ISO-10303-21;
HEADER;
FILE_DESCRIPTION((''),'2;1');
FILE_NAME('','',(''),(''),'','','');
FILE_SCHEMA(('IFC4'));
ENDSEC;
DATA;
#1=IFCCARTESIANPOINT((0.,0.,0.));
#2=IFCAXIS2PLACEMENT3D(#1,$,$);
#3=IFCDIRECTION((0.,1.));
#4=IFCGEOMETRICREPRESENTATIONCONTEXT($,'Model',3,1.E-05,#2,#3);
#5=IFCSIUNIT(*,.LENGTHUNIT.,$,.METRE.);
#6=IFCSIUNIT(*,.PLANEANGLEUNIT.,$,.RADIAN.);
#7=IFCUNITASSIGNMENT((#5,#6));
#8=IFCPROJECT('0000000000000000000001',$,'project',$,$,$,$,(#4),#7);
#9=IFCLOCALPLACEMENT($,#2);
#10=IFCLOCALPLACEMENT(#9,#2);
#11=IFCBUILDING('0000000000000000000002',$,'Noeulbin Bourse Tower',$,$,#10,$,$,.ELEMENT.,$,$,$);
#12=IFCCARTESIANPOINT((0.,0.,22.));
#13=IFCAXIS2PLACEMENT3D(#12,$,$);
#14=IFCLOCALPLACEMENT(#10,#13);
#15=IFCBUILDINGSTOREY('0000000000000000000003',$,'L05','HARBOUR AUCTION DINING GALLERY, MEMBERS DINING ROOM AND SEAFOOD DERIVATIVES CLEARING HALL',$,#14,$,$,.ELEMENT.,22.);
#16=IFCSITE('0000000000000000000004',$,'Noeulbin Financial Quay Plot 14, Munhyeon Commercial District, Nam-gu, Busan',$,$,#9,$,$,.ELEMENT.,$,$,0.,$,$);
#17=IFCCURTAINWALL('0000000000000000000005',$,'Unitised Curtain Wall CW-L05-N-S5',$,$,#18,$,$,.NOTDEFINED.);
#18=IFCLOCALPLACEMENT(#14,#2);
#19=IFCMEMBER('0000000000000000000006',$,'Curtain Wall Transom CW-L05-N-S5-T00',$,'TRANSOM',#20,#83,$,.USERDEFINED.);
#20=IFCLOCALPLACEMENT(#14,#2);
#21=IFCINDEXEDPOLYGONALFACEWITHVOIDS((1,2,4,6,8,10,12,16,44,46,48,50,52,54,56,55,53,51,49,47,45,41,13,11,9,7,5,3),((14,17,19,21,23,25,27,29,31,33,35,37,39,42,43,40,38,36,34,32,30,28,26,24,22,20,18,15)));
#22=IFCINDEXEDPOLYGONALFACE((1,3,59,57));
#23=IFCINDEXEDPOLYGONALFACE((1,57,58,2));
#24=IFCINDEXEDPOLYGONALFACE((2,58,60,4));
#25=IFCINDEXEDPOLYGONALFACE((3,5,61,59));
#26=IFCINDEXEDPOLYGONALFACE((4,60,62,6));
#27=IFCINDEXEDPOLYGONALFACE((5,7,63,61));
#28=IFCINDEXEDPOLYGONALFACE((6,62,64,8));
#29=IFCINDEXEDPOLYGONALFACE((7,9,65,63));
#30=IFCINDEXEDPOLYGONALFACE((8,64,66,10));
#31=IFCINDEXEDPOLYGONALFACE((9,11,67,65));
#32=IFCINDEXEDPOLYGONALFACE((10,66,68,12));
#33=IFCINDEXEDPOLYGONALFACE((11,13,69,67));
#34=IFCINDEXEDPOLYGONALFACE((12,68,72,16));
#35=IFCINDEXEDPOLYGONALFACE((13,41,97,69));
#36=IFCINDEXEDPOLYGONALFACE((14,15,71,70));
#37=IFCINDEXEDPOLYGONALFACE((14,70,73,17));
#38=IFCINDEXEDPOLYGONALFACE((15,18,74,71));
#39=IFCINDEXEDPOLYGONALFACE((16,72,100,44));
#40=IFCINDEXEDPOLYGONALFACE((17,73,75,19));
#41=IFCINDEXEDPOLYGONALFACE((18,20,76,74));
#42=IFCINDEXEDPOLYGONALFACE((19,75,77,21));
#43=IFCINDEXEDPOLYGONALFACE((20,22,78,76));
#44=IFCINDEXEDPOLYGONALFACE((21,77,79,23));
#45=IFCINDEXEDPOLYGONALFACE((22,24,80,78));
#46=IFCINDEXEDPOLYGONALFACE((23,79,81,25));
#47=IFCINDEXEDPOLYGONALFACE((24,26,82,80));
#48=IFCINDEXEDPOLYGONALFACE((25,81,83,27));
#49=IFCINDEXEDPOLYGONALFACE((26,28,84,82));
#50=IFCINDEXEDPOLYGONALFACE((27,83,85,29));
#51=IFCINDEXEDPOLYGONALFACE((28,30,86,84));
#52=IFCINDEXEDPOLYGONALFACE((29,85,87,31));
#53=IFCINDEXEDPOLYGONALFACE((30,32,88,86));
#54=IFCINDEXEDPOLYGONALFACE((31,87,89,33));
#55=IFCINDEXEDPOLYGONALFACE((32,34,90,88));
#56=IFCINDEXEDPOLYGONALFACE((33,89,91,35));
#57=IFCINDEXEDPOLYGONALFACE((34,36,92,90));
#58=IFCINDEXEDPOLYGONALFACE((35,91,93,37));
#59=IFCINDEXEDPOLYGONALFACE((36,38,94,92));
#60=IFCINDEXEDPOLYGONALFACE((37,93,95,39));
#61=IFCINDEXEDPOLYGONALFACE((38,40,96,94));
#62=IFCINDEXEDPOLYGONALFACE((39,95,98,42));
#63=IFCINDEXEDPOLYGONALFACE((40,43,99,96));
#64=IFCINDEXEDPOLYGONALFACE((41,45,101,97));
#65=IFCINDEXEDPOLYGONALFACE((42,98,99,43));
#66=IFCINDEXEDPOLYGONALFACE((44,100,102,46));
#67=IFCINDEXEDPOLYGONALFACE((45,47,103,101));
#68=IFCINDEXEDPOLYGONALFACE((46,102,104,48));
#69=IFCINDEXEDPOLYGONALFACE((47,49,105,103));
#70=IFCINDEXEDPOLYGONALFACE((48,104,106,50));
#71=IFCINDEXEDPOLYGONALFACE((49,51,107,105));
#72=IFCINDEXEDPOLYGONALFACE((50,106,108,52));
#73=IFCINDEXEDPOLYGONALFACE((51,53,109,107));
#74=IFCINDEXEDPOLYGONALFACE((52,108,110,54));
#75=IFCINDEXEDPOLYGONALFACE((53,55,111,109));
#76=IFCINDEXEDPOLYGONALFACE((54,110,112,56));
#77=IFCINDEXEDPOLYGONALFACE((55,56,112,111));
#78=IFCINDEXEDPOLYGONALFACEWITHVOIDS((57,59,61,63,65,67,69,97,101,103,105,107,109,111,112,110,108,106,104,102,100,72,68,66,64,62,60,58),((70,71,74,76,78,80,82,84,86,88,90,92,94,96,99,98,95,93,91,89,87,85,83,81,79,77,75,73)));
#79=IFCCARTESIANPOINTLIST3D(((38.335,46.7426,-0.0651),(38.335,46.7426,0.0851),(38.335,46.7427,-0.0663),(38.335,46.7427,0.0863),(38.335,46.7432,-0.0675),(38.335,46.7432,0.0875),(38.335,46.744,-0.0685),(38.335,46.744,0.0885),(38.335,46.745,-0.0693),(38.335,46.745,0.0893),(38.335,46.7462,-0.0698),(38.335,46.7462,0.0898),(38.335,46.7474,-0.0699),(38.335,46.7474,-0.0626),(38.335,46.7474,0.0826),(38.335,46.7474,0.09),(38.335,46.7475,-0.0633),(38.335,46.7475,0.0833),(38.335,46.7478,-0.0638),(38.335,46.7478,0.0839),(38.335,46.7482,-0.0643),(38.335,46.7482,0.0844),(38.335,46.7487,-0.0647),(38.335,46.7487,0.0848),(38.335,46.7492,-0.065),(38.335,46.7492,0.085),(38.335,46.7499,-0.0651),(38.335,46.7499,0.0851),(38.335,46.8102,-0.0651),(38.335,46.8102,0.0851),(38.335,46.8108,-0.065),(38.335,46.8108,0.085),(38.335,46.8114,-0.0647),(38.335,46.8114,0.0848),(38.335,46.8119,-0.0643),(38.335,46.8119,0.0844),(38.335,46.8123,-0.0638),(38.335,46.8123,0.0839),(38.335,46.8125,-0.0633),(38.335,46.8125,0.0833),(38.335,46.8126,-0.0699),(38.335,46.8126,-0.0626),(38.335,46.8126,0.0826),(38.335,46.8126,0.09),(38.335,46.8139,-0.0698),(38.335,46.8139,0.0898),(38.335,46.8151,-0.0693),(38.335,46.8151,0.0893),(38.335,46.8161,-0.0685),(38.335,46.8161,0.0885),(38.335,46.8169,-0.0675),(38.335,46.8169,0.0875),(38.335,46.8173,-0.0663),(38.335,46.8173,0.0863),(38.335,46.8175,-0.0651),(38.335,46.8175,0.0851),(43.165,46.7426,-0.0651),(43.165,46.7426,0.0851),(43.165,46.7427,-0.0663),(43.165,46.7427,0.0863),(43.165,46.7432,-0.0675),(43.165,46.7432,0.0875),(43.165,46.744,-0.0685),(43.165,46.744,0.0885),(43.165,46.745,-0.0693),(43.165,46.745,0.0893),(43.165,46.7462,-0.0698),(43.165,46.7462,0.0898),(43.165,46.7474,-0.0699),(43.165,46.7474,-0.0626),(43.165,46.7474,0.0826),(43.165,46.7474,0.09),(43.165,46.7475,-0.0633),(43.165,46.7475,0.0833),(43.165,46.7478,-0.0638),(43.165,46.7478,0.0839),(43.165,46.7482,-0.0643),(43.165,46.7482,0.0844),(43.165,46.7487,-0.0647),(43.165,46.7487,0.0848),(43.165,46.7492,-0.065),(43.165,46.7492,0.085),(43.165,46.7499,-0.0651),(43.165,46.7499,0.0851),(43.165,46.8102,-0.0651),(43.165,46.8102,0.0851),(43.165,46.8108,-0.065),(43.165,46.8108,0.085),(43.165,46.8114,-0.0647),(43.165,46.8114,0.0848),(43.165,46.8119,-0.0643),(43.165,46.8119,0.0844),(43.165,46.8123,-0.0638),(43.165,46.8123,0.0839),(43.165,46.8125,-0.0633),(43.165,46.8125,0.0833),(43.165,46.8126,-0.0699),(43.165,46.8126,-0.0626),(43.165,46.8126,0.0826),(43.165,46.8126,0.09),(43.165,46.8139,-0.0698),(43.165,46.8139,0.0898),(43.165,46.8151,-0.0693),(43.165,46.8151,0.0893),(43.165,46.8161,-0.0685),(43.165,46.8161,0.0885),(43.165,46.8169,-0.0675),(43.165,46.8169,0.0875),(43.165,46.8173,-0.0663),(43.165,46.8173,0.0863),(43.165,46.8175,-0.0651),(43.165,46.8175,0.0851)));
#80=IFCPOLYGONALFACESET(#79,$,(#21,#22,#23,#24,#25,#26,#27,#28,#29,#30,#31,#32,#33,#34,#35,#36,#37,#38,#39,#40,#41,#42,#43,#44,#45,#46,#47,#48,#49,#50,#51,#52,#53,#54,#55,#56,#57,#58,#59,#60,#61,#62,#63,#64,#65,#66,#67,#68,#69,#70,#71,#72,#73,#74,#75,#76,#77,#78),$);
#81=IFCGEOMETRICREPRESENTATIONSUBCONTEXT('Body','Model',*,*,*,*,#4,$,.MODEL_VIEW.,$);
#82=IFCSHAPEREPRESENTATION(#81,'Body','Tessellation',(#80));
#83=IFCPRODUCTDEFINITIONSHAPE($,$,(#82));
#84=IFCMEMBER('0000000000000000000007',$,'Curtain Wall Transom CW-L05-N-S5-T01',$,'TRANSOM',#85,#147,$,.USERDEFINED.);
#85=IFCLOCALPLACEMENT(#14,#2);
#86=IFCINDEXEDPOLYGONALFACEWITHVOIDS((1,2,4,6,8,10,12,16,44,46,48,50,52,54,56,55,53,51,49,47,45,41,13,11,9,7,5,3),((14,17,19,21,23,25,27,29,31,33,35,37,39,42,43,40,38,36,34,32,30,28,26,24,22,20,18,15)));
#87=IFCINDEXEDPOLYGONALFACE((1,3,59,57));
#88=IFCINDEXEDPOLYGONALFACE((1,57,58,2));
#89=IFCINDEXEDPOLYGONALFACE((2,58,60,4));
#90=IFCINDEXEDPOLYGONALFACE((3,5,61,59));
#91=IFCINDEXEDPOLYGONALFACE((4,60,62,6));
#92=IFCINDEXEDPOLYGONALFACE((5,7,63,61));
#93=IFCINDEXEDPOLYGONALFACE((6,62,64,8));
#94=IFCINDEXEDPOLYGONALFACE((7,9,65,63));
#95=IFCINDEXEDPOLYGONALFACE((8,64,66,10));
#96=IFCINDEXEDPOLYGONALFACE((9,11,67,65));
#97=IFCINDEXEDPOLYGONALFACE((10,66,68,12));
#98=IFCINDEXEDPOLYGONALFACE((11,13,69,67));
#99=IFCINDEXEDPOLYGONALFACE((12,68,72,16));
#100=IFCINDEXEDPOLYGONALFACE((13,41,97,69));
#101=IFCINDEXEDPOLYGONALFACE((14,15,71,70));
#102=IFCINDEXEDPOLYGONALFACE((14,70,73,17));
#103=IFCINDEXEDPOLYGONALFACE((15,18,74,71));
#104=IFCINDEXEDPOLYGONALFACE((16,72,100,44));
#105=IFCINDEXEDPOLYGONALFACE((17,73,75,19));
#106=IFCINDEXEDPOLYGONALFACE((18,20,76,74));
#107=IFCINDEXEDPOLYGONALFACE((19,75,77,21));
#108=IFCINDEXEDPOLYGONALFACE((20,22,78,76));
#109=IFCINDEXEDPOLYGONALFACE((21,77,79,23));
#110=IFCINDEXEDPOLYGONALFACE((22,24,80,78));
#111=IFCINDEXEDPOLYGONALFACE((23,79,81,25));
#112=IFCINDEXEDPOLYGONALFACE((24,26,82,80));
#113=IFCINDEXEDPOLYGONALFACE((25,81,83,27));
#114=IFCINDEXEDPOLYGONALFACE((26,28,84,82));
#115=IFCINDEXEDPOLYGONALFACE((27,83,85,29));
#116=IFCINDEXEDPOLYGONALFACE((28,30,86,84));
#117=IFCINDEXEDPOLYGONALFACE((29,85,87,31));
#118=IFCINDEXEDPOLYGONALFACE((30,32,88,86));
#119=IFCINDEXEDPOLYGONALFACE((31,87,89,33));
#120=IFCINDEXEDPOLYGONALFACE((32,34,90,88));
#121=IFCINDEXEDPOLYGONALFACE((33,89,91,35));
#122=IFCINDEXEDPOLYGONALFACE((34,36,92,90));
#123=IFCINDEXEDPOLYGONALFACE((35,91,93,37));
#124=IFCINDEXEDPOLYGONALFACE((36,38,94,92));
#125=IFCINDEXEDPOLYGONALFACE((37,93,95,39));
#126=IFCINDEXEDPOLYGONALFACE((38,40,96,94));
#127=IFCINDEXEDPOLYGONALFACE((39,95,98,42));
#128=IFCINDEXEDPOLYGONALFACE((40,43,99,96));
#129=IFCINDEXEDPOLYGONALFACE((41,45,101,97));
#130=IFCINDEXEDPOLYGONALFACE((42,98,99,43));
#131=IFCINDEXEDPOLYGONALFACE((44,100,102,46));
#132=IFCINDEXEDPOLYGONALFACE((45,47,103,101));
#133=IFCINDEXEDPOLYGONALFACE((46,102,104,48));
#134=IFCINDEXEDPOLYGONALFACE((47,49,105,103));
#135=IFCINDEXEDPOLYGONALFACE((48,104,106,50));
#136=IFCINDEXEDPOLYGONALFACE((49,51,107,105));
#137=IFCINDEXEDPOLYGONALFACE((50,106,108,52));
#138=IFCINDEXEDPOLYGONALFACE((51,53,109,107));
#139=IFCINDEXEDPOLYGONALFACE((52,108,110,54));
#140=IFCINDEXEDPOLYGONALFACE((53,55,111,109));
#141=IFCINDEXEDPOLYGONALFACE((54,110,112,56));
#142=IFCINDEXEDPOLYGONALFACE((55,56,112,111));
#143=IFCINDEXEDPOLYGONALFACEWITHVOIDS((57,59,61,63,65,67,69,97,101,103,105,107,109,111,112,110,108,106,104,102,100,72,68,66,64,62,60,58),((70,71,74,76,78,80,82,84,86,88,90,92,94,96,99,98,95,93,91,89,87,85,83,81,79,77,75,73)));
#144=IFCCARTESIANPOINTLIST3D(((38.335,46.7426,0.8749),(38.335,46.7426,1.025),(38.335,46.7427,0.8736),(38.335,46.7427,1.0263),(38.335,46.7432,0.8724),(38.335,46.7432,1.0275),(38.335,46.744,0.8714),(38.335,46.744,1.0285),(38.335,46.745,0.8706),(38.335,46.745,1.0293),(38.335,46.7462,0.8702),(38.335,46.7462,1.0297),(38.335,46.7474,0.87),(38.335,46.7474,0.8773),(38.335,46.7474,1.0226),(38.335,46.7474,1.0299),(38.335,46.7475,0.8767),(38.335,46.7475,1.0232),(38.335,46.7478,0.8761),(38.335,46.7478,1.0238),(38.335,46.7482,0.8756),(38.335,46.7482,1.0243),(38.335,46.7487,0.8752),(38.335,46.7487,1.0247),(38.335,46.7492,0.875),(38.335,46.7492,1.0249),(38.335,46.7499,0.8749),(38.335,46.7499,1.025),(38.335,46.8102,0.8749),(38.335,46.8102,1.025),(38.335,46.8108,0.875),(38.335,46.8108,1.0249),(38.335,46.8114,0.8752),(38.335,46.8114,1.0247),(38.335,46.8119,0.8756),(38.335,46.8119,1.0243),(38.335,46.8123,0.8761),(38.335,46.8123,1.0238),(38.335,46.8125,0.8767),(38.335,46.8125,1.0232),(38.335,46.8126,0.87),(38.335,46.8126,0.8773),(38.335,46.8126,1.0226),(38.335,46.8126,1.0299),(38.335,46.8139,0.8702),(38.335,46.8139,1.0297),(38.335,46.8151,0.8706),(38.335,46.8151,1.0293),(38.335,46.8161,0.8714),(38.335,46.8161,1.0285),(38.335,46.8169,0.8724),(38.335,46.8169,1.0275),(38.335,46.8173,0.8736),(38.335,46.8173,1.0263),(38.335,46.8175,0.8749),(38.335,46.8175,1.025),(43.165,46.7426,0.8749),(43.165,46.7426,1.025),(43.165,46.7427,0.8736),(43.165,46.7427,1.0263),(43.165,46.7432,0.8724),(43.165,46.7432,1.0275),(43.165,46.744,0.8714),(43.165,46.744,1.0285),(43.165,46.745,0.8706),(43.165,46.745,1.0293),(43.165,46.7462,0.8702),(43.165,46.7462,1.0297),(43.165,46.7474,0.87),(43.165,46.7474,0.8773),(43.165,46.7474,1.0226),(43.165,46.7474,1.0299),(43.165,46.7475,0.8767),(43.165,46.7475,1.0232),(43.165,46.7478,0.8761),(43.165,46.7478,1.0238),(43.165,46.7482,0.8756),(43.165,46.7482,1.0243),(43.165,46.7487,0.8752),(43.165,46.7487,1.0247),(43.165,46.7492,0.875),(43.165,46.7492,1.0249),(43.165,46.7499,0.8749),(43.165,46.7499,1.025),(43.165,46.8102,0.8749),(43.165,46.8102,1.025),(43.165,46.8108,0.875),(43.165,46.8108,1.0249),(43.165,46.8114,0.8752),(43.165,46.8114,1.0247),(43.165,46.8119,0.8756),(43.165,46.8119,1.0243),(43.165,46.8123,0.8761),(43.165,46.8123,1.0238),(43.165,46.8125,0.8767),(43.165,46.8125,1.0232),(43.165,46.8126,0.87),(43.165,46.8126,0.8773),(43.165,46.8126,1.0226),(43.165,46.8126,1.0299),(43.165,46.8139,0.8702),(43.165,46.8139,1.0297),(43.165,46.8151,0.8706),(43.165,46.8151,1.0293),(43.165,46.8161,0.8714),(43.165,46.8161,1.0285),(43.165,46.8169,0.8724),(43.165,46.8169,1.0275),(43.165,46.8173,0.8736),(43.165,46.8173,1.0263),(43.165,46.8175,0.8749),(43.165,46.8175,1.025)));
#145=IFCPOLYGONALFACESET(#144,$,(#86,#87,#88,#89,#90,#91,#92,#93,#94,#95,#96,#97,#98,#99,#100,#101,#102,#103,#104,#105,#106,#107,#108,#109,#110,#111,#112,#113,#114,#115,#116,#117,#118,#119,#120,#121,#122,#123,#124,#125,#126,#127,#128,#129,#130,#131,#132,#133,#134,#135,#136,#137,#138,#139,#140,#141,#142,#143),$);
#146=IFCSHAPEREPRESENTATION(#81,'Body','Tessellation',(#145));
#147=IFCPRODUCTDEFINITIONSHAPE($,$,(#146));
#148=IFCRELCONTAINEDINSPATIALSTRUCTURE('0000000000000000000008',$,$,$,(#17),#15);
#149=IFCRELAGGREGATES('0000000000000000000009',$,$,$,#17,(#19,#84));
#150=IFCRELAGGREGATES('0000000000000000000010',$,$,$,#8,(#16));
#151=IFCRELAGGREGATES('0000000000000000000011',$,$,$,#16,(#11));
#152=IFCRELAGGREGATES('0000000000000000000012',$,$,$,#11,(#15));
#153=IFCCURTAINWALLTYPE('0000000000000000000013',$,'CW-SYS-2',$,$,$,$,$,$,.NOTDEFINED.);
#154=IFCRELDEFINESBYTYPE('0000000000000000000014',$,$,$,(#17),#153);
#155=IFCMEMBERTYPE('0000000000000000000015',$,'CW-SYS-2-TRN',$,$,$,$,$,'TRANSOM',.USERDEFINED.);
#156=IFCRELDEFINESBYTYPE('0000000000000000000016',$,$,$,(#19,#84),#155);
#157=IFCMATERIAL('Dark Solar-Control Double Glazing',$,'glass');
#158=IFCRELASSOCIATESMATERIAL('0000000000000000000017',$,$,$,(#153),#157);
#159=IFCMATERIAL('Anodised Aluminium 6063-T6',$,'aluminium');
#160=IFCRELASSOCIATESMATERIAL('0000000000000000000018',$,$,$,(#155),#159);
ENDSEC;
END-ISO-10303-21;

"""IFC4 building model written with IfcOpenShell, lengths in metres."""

from ifc_helpers import new_model, si_unit, direction, frame, origin, origin_2d, place, context, subcontext, project, spatial, hollow_rectangle, extrude, material, material_profile, profile_set, type_object, element, aggregate, save


model = new_model("IFC4")

# Units and contexts
model_context = context("Model", 3, precision=1e-05, world=origin(), true_north=direction((0.0, 1.0)))
body_context = subcontext(model_context, "Body", "Model", "MODEL_VIEW")
ifc_project = project(units=[si_unit("LENGTHUNIT", "METRE"), si_unit("PLANEANGLEUNIT", "RADIAN")], contexts=[model_context])

# Site, building, storey
site_placement = place(None, origin())
site = spatial("IfcSite", under=ifc_project, at=site_placement, Name="Noeulbin Financial Quay Plot 14, Munhyeon Commercial District, Nam-gu, Busan", CompositionType="ELEMENT", RefElevation=0.0)
building_placement = place(site_placement, origin())
building = spatial("IfcBuilding", under=site, at=building_placement, Name="Noeulbin Bourse Tower", CompositionType="ELEMENT")
storey_placement = place(building_placement, frame((0.0, 0.0, 22.0)))
storey = spatial("IfcBuildingStorey", under=building, at=storey_placement, Name="L05", Description="HARBOUR AUCTION DINING GALLERY, MEMBERS DINING ROOM AND SEAFOOD DERIVATIVES CLEARING HALL", CompositionType="ELEMENT", Elevation=22.0)

# Shared definitions
ifc_material_1 = material(Name="Dark Solar-Control Double Glazing", Category="glass")
curtain_wall_type = type_object("IfcCurtainWallType", Name="CW-SYS-2", PredefinedType="NOTDEFINED", material=ifc_material_1)
ifc_material_2 = material(Name="Anodised Aluminium 6063-T6", Category="aluminium")

# Curtain wall
curtain_wall_1_placement = place(storey_placement, origin())
curtain_wall_1 = element("IfcCurtainWall", 1, at=curtain_wall_1_placement, inside=storey, type_object=curtain_wall_type, Name="Unitised Curtain Wall CW-L05-N-S5", PredefinedType="NOTDEFINED")

# Members
ifc_material_profile_1 = material_profile(ifc_material_2, hollow_rectangle(XDim=0.075, YDim=0.1599, WallThickness=0.0049, InnerFilletRadius=0.0024, OuterFilletRadius=0.0049, at=origin_2d()), Name="ALU-TRAN-75x160x5", Category="LoadBearing")
ifc_profile_set_1 = profile_set([ifc_material_profile_1], Name="Anodised Aluminium 6063-T6")
member_type_1 = type_object("IfcMemberType", Name="CW-SYS-2-TRN", ElementType="TRANSOM", PredefinedType="USERDEFINED", material=ifc_profile_set_1)
member_1_placement = place(storey_placement, frame((38.335, 46.78, 0.01), z_axis=(1.0, 0.0, 0.0), x_axis=(0.0, 1.0, 0.0)))
member_1 = element("IfcMember", 2, at=member_1_placement, type_object=member_type_1, Name="Curtain Wall Transom CW-L05-N-S5-T00", ObjectType="TRANSOM", PredefinedType="USERDEFINED", context=body_context, shape_type="SweptSolid", body=[
    extrude(hollow_rectangle(XDim=0.075, YDim=0.1599, WallThickness=0.0049, InnerFilletRadius=0.0024, OuterFilletRadius=0.0049, at=origin_2d()), origin(), (0.0, 0.0, 1.0), 4.8301),
])
member_2_placement = place(storey_placement, frame((38.335, 46.78, 0.95), z_axis=(1.0, 0.0, 0.0), x_axis=(0.0, 1.0, 0.0)))
member_2 = element("IfcMember", 3, at=member_2_placement, type_object=member_type_1, Name="Curtain Wall Transom CW-L05-N-S5-T01", ObjectType="TRANSOM", PredefinedType="USERDEFINED", context=body_context, shape_type="SweptSolid", body=[
    extrude(hollow_rectangle(XDim=0.075, YDim=0.1599, WallThickness=0.0049, InnerFilletRadius=0.0024, OuterFilletRadius=0.0049, at=origin_2d()), origin(), (0.0, 0.0, 1.0), 4.8301),
])

aggregate(curtain_wall_1, [member_1, member_2])

save(model, "model.ifc")
